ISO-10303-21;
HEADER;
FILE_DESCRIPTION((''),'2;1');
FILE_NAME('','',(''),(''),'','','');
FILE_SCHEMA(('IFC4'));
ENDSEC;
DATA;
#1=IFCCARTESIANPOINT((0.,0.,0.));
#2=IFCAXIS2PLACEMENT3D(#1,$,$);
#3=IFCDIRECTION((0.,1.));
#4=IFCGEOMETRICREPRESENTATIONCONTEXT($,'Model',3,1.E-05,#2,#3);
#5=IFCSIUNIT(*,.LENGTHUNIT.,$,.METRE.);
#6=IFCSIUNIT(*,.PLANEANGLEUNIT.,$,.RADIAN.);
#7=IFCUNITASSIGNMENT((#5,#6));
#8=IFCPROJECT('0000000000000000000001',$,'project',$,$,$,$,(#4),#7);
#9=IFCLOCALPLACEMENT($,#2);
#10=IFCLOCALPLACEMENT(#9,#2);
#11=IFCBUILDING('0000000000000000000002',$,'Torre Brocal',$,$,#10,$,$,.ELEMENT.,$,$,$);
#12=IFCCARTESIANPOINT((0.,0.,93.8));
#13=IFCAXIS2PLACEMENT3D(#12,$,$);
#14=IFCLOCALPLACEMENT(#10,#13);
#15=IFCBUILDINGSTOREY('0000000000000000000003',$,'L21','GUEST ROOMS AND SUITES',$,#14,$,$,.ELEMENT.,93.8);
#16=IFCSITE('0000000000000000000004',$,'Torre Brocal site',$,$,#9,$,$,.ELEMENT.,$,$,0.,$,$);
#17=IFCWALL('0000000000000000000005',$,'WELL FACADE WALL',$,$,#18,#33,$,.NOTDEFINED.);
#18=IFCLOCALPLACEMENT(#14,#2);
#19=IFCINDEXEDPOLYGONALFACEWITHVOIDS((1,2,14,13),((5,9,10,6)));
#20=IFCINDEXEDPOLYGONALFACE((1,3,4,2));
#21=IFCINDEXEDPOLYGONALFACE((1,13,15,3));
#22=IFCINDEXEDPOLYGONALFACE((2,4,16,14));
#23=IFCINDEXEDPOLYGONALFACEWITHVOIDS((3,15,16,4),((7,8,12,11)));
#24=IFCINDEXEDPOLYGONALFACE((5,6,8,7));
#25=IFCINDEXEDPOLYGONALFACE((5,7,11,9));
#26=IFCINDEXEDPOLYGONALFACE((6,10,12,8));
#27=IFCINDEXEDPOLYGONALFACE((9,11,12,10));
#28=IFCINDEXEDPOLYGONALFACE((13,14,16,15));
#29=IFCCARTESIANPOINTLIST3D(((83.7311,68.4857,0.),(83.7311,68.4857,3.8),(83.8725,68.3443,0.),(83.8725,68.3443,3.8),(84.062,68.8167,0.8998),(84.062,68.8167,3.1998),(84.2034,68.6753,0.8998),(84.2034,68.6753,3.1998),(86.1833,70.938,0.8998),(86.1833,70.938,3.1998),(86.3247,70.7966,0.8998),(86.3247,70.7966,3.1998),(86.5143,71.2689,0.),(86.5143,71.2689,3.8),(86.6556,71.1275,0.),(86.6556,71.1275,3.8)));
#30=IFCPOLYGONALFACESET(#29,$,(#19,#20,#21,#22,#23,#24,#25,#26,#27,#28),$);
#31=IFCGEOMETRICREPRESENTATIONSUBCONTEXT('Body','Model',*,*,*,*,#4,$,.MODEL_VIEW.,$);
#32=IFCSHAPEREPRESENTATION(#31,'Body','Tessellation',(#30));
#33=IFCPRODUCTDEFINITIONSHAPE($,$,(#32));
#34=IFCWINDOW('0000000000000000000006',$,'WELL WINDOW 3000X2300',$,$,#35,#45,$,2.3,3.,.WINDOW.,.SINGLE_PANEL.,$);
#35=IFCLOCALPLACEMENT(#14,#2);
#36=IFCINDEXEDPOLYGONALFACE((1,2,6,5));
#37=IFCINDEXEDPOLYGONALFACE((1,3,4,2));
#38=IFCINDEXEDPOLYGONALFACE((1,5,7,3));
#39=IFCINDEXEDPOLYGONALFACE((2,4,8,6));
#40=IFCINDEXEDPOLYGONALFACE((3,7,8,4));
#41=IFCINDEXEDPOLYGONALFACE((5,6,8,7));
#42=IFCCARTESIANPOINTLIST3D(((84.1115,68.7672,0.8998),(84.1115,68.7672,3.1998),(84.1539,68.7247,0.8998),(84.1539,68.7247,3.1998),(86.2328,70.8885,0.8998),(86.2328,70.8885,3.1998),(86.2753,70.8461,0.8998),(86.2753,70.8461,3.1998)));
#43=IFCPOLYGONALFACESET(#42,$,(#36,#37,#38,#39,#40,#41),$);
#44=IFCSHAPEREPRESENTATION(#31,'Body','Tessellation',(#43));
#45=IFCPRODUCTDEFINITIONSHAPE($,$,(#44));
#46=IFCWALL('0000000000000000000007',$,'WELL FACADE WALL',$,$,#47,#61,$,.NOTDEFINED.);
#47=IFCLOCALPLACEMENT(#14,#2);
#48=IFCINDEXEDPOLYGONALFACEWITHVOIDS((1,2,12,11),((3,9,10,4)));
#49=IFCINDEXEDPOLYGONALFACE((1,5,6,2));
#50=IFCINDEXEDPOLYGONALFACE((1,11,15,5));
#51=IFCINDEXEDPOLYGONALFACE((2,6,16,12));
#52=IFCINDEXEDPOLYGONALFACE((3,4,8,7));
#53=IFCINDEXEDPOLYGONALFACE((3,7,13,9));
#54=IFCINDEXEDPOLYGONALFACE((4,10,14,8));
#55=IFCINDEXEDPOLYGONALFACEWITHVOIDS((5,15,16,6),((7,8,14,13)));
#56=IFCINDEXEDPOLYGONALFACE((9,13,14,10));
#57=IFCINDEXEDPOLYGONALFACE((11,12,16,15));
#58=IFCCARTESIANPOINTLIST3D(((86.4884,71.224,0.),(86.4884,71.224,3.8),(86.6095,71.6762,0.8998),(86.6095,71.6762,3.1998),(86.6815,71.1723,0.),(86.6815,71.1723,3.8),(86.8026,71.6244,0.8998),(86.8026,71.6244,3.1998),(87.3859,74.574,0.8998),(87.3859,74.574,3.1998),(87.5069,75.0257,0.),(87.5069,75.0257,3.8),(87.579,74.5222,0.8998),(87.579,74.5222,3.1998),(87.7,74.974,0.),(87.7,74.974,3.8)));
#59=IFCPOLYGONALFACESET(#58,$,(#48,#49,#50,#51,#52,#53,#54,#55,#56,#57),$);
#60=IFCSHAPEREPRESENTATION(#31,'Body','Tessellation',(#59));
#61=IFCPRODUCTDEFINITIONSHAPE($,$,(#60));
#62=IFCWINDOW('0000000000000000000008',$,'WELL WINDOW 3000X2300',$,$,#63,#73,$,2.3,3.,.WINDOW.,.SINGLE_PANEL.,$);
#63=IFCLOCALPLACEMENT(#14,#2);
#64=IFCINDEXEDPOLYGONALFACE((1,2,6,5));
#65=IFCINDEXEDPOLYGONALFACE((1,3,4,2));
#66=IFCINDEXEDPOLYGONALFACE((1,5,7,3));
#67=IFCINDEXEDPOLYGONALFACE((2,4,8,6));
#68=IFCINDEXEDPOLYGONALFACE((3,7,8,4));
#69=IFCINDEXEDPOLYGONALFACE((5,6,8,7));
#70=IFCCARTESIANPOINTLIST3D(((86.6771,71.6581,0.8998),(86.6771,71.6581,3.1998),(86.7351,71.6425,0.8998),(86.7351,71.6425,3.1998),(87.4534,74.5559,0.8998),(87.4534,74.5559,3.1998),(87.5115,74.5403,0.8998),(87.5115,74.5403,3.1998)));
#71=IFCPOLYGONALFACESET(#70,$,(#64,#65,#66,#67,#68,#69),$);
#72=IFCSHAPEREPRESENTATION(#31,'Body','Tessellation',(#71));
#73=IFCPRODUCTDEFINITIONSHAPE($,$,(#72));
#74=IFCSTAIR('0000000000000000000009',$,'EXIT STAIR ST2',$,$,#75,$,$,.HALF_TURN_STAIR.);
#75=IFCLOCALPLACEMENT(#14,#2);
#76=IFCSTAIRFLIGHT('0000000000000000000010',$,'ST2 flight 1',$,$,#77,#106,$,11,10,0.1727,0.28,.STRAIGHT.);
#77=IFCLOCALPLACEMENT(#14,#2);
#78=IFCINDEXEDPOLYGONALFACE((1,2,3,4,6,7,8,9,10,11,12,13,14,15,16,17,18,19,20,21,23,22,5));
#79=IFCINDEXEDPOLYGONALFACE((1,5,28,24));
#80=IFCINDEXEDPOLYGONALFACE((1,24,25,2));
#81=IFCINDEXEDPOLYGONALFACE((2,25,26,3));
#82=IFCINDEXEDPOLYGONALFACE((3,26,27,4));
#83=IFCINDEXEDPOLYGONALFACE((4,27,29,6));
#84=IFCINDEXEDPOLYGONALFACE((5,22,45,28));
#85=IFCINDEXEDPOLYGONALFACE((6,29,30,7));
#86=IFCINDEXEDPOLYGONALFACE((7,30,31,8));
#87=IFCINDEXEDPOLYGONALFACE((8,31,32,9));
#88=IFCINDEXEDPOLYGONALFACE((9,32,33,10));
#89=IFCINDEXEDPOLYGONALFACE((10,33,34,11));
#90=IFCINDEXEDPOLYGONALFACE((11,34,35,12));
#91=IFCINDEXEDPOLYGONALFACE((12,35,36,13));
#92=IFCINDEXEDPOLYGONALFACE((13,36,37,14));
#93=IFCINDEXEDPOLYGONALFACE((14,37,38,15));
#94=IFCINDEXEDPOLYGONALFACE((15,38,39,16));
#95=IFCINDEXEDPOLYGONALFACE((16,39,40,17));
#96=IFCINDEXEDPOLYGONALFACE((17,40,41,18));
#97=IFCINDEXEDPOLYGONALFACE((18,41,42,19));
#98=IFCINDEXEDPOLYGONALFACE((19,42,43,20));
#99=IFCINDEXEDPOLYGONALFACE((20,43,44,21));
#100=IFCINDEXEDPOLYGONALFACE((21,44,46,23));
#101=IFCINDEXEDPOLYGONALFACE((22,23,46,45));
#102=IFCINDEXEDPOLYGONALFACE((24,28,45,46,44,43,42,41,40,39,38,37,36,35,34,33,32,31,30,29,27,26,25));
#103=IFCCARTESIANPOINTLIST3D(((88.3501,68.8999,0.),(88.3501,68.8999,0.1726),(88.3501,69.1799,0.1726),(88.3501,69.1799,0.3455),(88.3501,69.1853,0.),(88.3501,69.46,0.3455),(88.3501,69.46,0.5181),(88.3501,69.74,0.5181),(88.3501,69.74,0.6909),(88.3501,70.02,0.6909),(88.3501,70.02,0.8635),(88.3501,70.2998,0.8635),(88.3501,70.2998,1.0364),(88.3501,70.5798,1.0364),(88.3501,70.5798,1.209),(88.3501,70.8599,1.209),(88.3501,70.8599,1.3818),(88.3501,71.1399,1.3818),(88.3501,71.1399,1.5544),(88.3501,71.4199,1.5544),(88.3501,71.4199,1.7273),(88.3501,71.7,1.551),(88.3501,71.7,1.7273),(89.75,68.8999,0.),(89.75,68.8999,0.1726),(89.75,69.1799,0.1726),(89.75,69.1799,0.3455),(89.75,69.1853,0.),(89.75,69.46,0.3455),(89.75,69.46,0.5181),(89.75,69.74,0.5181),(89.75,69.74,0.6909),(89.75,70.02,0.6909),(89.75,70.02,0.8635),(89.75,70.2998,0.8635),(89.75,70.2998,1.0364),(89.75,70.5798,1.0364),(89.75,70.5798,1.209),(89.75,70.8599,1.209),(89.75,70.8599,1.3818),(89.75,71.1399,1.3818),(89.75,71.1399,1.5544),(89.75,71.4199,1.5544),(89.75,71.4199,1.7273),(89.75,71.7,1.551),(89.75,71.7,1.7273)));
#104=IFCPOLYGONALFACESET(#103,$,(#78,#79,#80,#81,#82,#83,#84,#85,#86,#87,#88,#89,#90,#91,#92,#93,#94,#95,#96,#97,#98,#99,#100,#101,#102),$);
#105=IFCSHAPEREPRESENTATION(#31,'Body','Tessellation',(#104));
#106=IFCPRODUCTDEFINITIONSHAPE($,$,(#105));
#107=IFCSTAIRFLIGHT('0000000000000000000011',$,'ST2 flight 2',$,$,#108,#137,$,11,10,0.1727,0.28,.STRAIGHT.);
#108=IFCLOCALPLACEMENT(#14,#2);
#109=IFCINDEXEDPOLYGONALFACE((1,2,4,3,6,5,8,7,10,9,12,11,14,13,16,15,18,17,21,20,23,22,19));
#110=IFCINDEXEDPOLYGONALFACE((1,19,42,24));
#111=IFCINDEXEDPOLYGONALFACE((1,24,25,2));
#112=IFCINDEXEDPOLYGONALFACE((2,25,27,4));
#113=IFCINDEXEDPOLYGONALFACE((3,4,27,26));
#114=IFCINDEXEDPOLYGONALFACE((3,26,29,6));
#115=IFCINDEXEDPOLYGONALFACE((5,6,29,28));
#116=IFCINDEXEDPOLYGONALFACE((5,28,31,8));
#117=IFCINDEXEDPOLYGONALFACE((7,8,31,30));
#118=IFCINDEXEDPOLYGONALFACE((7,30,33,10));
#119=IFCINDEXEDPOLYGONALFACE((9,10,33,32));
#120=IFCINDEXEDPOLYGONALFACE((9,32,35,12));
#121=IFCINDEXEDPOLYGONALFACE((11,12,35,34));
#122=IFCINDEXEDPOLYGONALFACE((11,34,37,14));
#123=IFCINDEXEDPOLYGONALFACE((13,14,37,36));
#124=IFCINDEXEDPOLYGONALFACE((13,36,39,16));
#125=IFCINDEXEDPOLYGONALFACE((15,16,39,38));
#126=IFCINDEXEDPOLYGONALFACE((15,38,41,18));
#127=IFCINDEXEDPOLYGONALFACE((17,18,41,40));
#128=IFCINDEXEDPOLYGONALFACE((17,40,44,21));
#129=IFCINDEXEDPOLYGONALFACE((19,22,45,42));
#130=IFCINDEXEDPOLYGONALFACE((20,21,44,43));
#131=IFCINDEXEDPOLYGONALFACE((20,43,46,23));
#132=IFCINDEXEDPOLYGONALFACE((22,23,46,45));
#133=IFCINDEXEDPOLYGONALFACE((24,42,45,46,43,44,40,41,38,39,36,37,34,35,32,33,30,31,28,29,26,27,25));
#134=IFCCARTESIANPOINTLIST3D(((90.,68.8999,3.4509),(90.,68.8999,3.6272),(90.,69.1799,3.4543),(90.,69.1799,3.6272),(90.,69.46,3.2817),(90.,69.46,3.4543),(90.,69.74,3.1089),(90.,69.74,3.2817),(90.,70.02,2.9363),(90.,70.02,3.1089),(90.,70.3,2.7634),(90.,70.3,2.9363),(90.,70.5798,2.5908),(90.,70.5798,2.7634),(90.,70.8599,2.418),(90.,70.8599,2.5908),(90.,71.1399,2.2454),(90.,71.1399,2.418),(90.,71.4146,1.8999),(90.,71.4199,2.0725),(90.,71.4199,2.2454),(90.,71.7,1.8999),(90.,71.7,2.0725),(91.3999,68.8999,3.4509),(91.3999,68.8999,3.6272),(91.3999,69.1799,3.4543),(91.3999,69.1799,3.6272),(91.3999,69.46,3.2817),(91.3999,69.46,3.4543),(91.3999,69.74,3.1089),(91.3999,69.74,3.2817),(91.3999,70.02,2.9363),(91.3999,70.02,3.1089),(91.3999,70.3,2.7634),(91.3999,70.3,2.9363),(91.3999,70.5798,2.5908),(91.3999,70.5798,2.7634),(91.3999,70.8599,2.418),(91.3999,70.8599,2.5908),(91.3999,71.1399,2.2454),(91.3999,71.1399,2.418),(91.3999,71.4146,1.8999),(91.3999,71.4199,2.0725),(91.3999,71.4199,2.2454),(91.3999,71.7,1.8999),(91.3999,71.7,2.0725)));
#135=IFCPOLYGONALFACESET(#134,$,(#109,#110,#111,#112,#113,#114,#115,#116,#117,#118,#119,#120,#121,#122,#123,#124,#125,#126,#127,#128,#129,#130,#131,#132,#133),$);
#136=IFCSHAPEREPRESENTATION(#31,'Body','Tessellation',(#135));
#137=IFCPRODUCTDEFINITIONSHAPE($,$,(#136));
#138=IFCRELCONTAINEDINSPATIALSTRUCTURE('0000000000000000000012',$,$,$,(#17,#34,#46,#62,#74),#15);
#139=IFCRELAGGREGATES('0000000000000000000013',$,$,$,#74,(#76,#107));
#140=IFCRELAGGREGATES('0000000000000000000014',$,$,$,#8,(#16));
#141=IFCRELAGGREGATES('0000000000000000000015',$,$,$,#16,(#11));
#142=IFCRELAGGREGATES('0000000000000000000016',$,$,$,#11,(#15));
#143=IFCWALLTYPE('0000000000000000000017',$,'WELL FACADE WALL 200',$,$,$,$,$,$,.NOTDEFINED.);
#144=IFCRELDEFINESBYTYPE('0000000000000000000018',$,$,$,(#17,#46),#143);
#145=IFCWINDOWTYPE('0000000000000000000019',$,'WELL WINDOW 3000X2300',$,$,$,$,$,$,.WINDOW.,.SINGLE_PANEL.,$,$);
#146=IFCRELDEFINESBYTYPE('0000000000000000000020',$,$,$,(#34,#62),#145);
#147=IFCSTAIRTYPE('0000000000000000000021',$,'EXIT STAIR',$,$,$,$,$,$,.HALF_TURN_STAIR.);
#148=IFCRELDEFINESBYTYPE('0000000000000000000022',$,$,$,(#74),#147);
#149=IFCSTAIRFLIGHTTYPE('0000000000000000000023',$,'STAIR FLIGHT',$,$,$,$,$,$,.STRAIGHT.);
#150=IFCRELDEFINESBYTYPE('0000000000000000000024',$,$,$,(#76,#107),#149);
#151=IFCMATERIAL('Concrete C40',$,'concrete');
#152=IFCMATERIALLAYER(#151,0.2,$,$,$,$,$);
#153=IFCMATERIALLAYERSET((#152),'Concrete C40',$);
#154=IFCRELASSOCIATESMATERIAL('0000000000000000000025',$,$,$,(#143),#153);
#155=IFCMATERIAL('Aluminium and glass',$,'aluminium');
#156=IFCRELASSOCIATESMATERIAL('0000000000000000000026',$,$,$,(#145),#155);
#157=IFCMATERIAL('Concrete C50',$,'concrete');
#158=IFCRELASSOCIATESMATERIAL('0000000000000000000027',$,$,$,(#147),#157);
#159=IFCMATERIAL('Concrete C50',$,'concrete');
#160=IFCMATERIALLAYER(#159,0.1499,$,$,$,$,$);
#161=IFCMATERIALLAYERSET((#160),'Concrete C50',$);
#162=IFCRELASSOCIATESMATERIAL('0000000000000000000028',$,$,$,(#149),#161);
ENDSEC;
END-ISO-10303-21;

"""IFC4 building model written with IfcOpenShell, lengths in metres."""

from ifc_helpers import new_model, si_unit, direction, frame, frame_2d, origin, place, context, subcontext, project, spatial, polyline, rectangle, outline, extrude, material, layer, layer_set, type_object, element, fill, aggregate, save


model = new_model("IFC4")

# Units and contexts
model_context = context("Model", 3, precision=1e-05, world=origin(), true_north=direction((0.0, 1.0)))
body_context = subcontext(model_context, "Body", "Model", "MODEL_VIEW")
ifc_project = project(units=[si_unit("LENGTHUNIT", "METRE"), si_unit("PLANEANGLEUNIT", "RADIAN")], contexts=[model_context])

# Site, building, storey
site_placement = place(None, origin())
site = spatial("IfcSite", under=ifc_project, at=site_placement, Name="Torre Brocal site", CompositionType="ELEMENT", RefElevation=0.0)
building_placement = place(site_placement, origin())
building = spatial("IfcBuilding", under=site, at=building_placement, Name="Torre Brocal", CompositionType="ELEMENT")
storey_placement = place(building_placement, frame((0.0, 0.0, 93.8)))
storey = spatial("IfcBuildingStorey", under=building, at=storey_placement, Name="L21", Description="GUEST ROOMS AND SUITES", CompositionType="ELEMENT", Elevation=93.8)

# Walls, openings, windows
ifc_material_1 = material(Name="Concrete C40", Category="concrete")
ifc_layer_1 = layer(ifc_material_1, 0.2)
ifc_layer_set_1 = layer_set([ifc_layer_1], Name="Concrete C40")
wall_type_1 = type_object("IfcWallType", Name="WELL FACADE WALL 200", PredefinedType="NOTDEFINED", material=ifc_layer_set_1)
wall_1_placement = place(storey_placement, frame((83.8018, 68.415, 0.0), z_axis=(0.0, 0.0, 1.0), x_axis=(0.707107, 0.707107, 0.0)))
wall_1 = element("IfcWall", 1, at=wall_1_placement, inside=storey, type_object=wall_type_1, Name="WELL FACADE WALL", PredefinedType="NOTDEFINED", context=body_context, shape_type="SweptSolid", body=[
    extrude(rectangle(XDim=3.936, YDim=0.2, at=frame_2d((1.968, 0.0))), origin(), (0.0, 0.0, 1.0), 3.8),
])
opening_1_placement = place(wall_1_placement, frame((0.468, 0.0, 0.8999)))
opening_1 = element("IfcOpeningElement", 2, at=opening_1_placement, cuts=wall_1, PredefinedType="OPENING", context=body_context, shape_type="SweptSolid", body=[
    extrude(rectangle(XDim=3.0, YDim=2.3, at=frame_2d((1.5, 1.1499))), frame((0.0, 0.1099, 0.0), z_axis=(0.0, -1.0, 0.0), x_axis=(1.0, 0.0, 0.0)), (0.0, 0.0, 1.0), 0.22),
])
ifc_material_2 = material(Name="Aluminium and glass", Category="aluminium")
window_type = type_object("IfcWindowType", Name="WELL WINDOW 3000X2300", PartitioningType="SINGLE_PANEL", PredefinedType="WINDOW", material=ifc_material_2)
window_1_placement = place(opening_1_placement, origin())
window_1 = element("IfcWindow", 3, at=window_1_placement, inside=storey, type_object=window_type, Name="WELL WINDOW 3000X2300", OverallHeight=2.3, OverallWidth=3.0, PartitioningType="SINGLE_PANEL", PredefinedType="WINDOW", context=body_context, shape_type="SweptSolid", body=[
    extrude(rectangle(XDim=3.0, YDim=2.3, at=frame_2d((1.5, 1.1499))), frame((0.0, 0.03, 0.0), z_axis=(0.0, -1.0, 0.0), x_axis=(1.0, 0.0, 0.0)), (0.0, 0.0, 1.0), 0.0601),
])
fill(opening_1, window_1)
wall_2_placement = place(storey_placement, frame((86.585, 71.1982, 0.0), z_axis=(0.0, 0.0, 1.0), x_axis=(0.25879, 0.965934, 0.0)))
wall_2 = element("IfcWall", 4, at=wall_2_placement, inside=storey, type_object=wall_type_1, Name="WELL FACADE WALL", PredefinedType="NOTDEFINED", context=body_context, shape_type="SweptSolid", body=[
    extrude(rectangle(XDim=3.9358, YDim=0.2, at=frame_2d((1.9678, 0.0))), origin(), (0.0, 0.0, 1.0), 3.8),
])
opening_2_placement = place(wall_2_placement, frame((0.468, 0.0, 0.8999)))
opening_2 = element("IfcOpeningElement", 5, at=opening_2_placement, cuts=wall_2, PredefinedType="OPENING", context=body_context, shape_type="SweptSolid", body=[
    extrude(rectangle(XDim=3.0, YDim=2.3, at=frame_2d((1.5, 1.1499))), frame((0.0, 0.1099, 0.0), z_axis=(0.0, -1.0, 0.0), x_axis=(1.0, 0.0, 0.0)), (0.0, 0.0, 1.0), 0.22),
])
window_2_placement = place(opening_2_placement, origin())
window_2 = element("IfcWindow", 6, at=window_2_placement, inside=storey, type_object=window_type, Name="WELL WINDOW 3000X2300", OverallHeight=2.3, OverallWidth=3.0, PartitioningType="SINGLE_PANEL", PredefinedType="WINDOW", context=body_context, shape_type="SweptSolid", body=[
    extrude(rectangle(XDim=3.0, YDim=2.3, at=frame_2d((1.5, 1.1499))), frame((0.0, 0.03, 0.0), z_axis=(0.0, -1.0, 0.0), x_axis=(1.0, 0.0, 0.0)), (0.0, 0.0, 1.0), 0.0601),
])
fill(opening_2, window_2)

# Stair, stair flights
ifc_material_3 = material(Name="Concrete C50", Category="concrete")
stair_type = type_object("IfcStairType", Name="EXIT STAIR", PredefinedType="HALF_TURN_STAIR", material=ifc_material_3)
stair_placement = place(storey_placement, origin())
stair = element("IfcStair", 7, at=stair_placement, inside=storey, type_object=stair_type, Name="EXIT STAIR ST2", PredefinedType="HALF_TURN_STAIR")
ifc_material_4 = material(Name="Concrete C50", Category="concrete")
ifc_layer_2 = layer(ifc_material_4, 0.1499)
ifc_layer_set_2 = layer_set([ifc_layer_2], Name="Concrete C50")
stair_flight_type = type_object("IfcStairFlightType", Name="STAIR FLIGHT", PredefinedType="STRAIGHT", material=ifc_layer_set_2)
stair_flight_1_placement = place(storey_placement, frame((89.05, 68.8999, 0.0), z_axis=(0.0, 0.0, 1.0), x_axis=(0.0, 1.0, 0.0)))
stair_flight_1 = element("IfcStairFlight", 8, at=stair_flight_1_placement, type_object=stair_flight_type, Name="ST2 flight 1", NumberOfRisers=11, NumberOfTreads=10, PredefinedType="STRAIGHT", RiserHeight=0.1727, TreadLength=0.28, context=body_context, shape_type="SweptSolid", body=[
    extrude(outline(polyline([(0.0, 0.0), (0.0, 0.1726), (0.28, 0.1726), (0.28, 0.3455), (0.5601, 0.3455), (0.5601, 0.5181), (0.8401, 0.5181), (0.8401, 0.6909), (1.1201, 0.6909), (1.1201, 0.8635), (1.3999, 0.8635), (1.3999, 1.0364), (1.6799, 1.0364), (1.6799, 1.209), (1.96, 1.209), (1.96, 1.3818), (2.24, 1.3818), (2.24, 1.5544), (2.52, 1.5544), (2.52, 1.7273), (2.8, 1.7273), (2.8, 1.8999), (2.8, 1.551), (0.2854, 0.0), (0.0, 0.0)])), frame((0.0, 0.7, 0.0), z_axis=(0.0, -1.0, 0.0), x_axis=(1.0, 0.0, 0.0)), (0.0, 0.0, 1.0), 1.3999),
])
stair_flight_2_placement = place(storey_placement, frame((90.7, 71.7, 1.8999), z_axis=(0.0, 0.0, 1.0), x_axis=(0.0, -1.0, 0.0)))
stair_flight_2 = element("IfcStairFlight", 9, at=stair_flight_2_placement, type_object=stair_flight_type, Name="ST2 flight 2", NumberOfRisers=11, NumberOfTreads=10, PredefinedType="STRAIGHT", RiserHeight=0.1727, TreadLength=0.28, context=body_context, shape_type="SweptSolid", body=[
    extrude(outline(polyline([(0.0, 0.0), (0.0, 0.1726), (0.28, 0.1726), (0.28, 0.3455), (0.5601, 0.3455), (0.5601, 0.5181), (0.8401, 0.5181), (0.8401, 0.6909), (1.1201, 0.6909), (1.1201, 0.8635), (1.3999, 0.8635), (1.3999, 1.0364), (1.6799, 1.0364), (1.6799, 1.209), (1.96, 1.209), (1.96, 1.3818), (2.24, 1.3818), (2.24, 1.5544), (2.52, 1.5544), (2.52, 1.7273), (2.8, 1.7273), (2.8, 1.8999), (2.8, 1.551), (0.2854, 0.0), (0.0, 0.0)])), frame((0.0, 0.7, 0.0), z_axis=(0.0, -1.0, 0.0), x_axis=(1.0, 0.0, 0.0)), (0.0, 0.0, 1.0), 1.3999),
])
aggregate(stair, [stair_flight_1, stair_flight_2])

save(model, "model.ifc")
